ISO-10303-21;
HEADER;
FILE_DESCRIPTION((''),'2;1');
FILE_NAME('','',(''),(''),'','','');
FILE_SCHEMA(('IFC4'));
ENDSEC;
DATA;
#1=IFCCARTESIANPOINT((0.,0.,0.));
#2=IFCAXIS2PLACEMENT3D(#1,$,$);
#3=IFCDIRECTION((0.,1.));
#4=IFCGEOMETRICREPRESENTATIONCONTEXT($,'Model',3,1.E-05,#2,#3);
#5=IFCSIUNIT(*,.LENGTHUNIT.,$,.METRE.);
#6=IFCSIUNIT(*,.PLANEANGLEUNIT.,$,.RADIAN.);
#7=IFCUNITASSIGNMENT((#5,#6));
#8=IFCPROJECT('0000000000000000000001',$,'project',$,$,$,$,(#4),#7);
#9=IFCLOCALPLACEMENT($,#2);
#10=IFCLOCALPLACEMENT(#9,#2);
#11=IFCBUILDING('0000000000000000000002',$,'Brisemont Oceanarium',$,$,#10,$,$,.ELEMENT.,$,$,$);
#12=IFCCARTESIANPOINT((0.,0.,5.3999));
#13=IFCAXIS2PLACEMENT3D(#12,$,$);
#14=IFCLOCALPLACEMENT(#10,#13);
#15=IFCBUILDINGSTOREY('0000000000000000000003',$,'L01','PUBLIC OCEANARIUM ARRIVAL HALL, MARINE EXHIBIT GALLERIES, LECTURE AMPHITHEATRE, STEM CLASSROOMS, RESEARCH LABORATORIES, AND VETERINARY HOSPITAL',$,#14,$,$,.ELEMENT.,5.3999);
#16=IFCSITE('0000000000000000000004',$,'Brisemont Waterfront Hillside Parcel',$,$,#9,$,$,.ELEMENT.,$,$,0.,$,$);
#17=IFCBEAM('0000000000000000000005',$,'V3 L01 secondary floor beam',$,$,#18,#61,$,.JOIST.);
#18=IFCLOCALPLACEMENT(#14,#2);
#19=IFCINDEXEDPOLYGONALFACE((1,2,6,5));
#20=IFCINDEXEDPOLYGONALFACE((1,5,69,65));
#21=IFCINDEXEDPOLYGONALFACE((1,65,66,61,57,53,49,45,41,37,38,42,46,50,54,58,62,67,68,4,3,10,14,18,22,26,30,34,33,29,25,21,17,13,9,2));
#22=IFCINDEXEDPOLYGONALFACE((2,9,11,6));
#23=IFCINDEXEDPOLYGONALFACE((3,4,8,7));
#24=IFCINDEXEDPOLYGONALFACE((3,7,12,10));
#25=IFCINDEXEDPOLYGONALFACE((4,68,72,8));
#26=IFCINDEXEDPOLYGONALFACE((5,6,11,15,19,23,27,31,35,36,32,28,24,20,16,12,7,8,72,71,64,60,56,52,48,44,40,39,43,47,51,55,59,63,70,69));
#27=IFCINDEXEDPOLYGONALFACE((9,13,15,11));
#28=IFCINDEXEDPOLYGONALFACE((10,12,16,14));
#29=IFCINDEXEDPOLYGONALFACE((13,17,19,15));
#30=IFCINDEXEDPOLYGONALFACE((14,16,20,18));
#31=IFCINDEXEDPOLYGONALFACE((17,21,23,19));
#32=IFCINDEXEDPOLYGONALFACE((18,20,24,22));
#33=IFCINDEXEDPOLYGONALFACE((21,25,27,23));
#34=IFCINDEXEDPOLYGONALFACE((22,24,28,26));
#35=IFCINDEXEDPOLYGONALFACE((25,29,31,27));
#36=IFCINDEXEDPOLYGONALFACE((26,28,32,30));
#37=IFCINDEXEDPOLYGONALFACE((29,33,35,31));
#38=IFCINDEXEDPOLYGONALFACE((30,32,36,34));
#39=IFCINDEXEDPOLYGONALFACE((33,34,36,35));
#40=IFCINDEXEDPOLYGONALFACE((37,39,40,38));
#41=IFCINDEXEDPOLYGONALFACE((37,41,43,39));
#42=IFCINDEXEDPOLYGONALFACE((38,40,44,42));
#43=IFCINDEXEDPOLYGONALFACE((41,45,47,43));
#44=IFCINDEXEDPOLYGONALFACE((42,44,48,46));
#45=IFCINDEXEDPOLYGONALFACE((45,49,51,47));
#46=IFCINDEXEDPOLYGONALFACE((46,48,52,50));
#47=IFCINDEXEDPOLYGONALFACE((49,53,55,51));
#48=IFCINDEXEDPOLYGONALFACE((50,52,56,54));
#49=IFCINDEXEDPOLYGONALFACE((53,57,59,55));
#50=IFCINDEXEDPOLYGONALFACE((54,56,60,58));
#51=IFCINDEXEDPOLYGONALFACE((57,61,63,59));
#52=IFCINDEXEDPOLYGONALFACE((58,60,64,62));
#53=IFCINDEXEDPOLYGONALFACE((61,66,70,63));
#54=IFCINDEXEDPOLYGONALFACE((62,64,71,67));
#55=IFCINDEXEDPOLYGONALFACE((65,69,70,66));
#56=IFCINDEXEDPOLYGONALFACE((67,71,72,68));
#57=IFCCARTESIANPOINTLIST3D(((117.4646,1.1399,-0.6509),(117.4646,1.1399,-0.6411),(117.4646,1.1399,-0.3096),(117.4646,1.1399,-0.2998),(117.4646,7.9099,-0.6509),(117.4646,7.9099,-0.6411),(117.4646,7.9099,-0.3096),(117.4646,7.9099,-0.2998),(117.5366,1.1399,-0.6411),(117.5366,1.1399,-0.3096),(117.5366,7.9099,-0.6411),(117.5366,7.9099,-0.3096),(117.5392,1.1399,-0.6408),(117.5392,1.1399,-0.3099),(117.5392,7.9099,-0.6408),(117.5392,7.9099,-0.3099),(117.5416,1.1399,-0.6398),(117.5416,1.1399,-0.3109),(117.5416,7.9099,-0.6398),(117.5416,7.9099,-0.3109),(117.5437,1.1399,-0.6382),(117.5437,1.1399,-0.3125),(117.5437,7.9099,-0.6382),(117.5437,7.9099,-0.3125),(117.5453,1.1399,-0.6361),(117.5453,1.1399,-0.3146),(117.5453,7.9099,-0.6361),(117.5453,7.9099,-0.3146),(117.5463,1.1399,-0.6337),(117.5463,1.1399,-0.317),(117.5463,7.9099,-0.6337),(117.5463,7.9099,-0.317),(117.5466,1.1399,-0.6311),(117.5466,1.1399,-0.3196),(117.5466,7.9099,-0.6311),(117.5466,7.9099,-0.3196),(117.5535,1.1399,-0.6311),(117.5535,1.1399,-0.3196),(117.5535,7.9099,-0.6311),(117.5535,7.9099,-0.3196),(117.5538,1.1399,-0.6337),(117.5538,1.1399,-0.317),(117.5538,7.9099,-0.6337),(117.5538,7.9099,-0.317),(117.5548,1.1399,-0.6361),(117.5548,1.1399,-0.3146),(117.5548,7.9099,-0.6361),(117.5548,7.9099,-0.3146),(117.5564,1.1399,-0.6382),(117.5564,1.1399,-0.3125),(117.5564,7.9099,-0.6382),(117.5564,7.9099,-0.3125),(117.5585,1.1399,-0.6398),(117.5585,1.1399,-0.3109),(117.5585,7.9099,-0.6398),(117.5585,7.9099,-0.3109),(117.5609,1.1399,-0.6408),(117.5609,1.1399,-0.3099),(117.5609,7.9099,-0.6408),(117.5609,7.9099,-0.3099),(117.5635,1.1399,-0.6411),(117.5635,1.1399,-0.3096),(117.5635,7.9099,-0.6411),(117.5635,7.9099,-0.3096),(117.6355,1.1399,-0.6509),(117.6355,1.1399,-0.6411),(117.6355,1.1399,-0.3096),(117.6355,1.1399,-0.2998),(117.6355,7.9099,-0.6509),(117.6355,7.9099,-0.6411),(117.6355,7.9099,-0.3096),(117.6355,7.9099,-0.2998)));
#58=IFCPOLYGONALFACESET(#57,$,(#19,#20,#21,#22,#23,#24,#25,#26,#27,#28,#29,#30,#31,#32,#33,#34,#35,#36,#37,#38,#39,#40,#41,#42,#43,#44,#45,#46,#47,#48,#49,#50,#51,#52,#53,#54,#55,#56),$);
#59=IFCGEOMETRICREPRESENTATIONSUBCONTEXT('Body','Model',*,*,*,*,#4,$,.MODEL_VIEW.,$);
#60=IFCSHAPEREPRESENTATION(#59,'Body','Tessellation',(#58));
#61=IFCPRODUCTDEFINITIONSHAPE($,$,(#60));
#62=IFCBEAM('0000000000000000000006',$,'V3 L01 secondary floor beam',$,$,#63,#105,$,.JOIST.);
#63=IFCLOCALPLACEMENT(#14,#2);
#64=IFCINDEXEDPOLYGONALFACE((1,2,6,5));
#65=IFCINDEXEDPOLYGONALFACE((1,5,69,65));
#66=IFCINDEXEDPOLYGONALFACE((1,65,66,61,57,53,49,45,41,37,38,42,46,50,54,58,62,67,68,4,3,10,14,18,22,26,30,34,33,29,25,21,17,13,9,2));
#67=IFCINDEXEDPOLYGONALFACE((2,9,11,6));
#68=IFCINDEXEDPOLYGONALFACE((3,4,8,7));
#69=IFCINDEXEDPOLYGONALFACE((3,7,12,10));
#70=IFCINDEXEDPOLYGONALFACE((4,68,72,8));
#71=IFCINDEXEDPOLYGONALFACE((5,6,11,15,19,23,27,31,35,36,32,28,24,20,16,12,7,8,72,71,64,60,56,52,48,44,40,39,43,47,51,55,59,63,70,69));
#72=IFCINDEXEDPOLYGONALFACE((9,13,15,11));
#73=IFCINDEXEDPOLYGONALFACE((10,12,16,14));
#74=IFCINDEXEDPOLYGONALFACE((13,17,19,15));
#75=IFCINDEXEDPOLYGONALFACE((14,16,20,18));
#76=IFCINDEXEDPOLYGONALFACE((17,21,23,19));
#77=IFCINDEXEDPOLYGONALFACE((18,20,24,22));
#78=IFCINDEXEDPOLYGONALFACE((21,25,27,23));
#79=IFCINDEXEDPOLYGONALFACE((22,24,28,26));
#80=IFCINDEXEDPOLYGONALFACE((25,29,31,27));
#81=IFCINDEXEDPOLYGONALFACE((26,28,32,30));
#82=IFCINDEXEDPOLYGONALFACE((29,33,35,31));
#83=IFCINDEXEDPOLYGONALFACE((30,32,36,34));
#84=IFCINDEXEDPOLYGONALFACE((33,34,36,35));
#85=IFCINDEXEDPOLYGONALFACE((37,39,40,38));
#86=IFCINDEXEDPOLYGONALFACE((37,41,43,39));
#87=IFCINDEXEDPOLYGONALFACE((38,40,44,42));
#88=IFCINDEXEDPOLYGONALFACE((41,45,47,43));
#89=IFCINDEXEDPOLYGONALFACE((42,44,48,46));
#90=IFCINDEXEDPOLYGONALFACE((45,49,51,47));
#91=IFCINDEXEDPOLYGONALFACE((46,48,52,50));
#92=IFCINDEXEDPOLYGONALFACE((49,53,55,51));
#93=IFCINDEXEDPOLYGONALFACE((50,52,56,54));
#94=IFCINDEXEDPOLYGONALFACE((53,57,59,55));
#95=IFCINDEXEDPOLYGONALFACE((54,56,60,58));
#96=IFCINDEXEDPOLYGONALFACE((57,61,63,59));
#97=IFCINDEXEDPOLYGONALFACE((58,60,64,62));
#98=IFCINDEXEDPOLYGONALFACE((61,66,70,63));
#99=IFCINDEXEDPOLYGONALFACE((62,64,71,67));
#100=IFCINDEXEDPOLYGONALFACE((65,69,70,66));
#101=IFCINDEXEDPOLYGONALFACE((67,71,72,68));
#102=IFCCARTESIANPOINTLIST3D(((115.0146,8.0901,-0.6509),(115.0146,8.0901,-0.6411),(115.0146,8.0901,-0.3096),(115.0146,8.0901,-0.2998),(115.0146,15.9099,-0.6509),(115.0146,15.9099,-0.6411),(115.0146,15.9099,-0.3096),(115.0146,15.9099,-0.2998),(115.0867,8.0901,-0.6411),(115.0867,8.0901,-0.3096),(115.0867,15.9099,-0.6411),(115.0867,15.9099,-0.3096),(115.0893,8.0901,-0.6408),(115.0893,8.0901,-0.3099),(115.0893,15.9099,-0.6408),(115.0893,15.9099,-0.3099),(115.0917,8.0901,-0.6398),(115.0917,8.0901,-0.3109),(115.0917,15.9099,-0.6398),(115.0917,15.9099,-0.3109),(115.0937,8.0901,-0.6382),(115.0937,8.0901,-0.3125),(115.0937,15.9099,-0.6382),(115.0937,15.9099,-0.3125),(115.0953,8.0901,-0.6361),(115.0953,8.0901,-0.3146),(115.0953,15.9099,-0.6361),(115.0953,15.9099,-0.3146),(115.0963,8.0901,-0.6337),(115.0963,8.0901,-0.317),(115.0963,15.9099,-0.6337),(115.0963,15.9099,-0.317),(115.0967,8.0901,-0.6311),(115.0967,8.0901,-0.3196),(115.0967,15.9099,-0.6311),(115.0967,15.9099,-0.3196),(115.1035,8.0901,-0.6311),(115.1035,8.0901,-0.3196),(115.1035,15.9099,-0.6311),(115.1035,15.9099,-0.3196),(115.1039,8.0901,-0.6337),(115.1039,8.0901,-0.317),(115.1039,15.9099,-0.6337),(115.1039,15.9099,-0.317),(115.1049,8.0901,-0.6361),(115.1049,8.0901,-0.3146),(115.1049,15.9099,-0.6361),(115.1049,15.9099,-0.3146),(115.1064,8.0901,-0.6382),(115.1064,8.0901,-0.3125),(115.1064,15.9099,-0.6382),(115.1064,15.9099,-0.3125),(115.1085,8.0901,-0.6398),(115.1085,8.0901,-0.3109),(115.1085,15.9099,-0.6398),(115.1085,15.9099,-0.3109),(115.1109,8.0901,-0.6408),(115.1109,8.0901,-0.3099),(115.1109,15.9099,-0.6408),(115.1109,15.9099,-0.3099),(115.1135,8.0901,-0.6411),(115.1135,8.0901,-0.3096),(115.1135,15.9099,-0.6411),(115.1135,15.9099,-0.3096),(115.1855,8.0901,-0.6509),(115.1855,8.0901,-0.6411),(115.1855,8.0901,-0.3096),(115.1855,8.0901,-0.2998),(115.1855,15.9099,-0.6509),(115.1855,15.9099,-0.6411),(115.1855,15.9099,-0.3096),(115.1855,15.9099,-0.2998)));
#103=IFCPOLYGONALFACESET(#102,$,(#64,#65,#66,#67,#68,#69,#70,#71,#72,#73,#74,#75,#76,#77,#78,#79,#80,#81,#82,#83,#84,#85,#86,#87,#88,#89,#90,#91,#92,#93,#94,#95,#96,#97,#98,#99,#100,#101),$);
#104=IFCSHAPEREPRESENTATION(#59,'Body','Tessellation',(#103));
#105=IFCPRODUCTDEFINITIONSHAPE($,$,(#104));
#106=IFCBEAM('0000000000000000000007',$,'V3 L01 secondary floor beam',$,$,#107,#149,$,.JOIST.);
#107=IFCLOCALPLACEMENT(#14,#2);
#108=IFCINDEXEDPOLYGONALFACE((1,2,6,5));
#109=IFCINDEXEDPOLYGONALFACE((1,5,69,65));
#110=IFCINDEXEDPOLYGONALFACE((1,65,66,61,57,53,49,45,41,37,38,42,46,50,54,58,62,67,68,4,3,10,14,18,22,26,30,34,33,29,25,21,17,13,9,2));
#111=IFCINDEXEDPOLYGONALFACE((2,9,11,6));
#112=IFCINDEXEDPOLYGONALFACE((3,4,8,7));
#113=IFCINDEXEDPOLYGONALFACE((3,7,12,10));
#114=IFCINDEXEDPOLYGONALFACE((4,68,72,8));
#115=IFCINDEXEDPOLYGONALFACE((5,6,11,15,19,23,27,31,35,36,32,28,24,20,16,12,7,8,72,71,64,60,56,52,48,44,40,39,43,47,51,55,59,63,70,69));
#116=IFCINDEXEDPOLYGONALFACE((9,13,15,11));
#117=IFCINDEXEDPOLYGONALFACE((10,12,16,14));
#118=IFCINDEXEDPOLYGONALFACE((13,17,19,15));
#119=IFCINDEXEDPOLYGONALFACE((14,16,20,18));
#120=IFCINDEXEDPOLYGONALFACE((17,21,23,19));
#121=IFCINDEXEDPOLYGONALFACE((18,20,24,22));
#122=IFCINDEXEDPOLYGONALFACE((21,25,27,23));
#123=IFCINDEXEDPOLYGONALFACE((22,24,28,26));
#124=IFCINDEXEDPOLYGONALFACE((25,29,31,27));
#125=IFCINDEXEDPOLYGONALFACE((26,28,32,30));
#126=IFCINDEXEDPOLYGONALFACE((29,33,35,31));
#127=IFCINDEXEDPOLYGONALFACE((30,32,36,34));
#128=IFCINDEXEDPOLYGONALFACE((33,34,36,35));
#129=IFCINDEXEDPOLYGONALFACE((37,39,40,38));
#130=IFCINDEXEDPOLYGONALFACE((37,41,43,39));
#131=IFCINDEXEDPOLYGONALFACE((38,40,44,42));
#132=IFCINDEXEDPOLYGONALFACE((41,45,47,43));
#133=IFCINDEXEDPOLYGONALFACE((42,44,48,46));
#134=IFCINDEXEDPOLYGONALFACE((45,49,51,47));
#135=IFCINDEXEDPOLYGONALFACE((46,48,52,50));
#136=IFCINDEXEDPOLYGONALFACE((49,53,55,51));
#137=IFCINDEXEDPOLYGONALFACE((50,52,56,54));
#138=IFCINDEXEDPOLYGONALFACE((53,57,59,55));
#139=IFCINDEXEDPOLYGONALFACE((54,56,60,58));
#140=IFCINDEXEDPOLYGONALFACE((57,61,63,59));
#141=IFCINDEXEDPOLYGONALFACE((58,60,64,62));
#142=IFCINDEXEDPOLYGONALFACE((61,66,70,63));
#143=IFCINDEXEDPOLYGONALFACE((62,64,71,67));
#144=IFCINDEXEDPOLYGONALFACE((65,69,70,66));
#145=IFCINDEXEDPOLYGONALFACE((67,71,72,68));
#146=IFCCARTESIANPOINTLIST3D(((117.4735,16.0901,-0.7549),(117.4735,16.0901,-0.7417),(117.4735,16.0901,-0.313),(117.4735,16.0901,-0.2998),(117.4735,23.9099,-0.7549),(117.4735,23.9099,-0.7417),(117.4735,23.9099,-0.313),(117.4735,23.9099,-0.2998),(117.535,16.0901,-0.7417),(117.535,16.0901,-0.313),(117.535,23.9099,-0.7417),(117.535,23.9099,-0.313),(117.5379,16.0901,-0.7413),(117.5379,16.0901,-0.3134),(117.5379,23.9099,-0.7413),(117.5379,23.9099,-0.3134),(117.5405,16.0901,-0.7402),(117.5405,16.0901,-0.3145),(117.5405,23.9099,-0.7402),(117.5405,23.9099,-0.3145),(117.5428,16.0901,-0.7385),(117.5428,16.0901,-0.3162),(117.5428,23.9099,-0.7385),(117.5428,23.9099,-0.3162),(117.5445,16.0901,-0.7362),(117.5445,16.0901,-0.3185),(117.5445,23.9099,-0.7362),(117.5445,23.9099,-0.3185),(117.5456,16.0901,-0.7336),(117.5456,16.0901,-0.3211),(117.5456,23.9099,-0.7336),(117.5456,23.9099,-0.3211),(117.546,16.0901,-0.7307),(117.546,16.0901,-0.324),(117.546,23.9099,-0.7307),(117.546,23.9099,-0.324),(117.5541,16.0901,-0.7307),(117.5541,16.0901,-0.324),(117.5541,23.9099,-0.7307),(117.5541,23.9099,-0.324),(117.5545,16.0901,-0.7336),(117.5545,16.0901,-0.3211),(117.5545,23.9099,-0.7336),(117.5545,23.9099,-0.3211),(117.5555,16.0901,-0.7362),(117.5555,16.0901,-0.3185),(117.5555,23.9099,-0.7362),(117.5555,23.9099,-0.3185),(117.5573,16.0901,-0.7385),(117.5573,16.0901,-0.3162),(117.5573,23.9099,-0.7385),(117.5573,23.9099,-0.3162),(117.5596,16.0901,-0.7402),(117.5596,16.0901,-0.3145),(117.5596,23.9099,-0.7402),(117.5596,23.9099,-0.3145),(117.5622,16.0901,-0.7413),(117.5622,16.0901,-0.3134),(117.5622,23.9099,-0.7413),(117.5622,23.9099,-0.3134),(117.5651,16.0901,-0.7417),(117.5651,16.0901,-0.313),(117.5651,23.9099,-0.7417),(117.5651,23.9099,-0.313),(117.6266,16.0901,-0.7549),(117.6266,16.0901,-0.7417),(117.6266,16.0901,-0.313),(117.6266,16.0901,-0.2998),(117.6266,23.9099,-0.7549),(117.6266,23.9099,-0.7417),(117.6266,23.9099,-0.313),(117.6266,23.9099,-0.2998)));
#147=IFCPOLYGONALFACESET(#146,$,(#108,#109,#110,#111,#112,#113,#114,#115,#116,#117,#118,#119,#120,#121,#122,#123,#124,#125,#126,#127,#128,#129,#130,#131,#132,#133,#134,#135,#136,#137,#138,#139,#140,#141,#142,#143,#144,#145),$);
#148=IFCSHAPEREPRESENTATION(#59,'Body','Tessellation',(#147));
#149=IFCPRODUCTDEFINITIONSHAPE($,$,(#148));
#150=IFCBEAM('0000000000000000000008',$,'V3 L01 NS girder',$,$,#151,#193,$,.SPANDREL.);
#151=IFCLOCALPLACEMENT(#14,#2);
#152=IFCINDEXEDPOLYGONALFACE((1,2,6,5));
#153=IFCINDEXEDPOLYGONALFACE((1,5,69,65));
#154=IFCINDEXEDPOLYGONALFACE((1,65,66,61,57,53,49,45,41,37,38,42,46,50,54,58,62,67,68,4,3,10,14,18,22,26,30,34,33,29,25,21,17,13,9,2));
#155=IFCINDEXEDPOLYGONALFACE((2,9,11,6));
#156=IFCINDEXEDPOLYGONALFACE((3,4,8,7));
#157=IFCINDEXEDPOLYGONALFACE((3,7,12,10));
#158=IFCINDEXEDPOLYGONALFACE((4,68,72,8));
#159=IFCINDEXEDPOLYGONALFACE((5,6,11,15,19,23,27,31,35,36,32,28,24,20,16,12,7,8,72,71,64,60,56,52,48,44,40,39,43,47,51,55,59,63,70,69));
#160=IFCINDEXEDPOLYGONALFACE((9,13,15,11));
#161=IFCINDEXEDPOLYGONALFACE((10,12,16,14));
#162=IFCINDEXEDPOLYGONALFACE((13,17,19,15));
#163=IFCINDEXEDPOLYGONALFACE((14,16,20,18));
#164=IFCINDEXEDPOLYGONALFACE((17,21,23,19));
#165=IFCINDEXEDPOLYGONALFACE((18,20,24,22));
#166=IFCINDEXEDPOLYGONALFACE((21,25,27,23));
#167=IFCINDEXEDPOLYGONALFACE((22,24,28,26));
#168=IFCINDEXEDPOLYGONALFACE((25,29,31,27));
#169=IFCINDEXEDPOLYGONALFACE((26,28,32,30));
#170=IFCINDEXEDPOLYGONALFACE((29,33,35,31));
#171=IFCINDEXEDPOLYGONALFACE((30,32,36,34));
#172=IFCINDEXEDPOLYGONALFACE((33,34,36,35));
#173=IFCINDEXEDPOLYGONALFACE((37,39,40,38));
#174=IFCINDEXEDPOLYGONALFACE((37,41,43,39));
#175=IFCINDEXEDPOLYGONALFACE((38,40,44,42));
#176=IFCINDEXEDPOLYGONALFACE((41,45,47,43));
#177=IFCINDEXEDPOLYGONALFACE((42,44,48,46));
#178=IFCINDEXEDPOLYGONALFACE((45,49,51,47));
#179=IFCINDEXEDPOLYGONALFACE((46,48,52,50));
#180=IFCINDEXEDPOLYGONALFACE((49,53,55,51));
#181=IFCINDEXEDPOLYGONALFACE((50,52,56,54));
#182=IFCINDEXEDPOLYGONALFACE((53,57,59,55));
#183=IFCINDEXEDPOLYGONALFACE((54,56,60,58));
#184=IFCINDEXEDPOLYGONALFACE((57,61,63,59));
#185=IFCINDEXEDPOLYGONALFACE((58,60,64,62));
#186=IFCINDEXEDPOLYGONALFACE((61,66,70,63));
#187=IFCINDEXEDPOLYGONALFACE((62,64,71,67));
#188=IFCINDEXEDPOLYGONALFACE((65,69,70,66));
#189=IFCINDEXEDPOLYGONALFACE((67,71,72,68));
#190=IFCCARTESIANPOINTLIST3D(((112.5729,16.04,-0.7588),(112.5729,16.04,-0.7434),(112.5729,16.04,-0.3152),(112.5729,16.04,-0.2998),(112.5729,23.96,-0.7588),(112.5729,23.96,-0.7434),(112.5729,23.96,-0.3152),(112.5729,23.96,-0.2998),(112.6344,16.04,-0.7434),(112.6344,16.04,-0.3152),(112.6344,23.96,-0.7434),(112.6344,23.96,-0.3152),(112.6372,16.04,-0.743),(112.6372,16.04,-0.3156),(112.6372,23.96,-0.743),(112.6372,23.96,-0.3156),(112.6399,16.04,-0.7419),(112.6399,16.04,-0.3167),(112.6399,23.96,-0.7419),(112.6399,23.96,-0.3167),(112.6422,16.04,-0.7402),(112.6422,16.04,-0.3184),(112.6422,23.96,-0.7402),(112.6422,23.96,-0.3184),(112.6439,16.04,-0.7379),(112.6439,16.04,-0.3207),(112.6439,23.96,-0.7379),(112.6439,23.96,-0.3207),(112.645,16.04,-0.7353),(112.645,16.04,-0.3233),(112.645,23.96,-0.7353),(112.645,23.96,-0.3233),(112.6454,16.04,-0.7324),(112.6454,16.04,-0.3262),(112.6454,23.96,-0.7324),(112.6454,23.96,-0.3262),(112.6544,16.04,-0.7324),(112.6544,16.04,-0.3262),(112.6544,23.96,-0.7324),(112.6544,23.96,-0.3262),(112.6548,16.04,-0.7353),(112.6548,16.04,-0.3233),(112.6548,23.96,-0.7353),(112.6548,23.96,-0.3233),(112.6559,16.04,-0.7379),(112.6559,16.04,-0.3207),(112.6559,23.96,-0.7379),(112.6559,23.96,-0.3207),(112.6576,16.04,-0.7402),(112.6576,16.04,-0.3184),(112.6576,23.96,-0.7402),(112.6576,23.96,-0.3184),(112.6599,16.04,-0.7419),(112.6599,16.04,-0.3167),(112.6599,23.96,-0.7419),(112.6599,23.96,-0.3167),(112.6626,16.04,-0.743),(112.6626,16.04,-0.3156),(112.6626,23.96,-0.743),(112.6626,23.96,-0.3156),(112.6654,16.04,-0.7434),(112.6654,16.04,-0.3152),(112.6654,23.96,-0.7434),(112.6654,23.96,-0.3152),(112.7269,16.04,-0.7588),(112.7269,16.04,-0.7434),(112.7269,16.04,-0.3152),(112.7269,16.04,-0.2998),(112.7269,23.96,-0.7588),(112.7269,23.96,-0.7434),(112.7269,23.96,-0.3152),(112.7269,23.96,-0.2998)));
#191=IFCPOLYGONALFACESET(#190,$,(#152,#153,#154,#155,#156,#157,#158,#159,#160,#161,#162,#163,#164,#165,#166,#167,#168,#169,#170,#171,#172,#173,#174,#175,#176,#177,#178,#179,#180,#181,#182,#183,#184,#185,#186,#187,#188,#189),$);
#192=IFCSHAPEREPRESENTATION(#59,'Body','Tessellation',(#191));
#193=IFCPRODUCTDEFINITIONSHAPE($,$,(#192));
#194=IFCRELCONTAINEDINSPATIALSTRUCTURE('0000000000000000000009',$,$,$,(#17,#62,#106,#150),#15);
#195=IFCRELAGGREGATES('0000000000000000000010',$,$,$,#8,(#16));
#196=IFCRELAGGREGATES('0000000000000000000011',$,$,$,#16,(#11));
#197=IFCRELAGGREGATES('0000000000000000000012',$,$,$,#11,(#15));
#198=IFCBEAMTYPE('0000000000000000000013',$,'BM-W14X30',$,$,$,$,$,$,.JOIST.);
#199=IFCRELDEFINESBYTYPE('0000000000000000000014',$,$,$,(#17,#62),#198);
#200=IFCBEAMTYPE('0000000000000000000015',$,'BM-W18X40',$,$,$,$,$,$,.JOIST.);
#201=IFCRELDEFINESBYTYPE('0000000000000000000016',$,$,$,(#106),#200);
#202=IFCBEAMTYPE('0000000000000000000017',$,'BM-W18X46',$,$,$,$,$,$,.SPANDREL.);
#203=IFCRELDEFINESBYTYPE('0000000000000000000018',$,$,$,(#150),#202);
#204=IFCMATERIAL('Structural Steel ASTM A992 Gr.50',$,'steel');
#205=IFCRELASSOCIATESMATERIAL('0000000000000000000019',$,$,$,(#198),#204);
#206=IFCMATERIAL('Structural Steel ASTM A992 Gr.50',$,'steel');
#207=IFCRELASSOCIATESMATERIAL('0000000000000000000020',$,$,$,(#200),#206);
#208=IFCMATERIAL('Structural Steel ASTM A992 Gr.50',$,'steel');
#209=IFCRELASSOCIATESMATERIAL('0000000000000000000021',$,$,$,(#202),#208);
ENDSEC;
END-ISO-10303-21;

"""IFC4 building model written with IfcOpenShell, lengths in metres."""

from ifc_helpers import new_model, si_unit, direction, frame, origin, origin_2d, place, context, subcontext, project, spatial, i_section, extrude, material, material_profile, profile_set, type_object, element, save


model = new_model("IFC4")

# Units and contexts
model_context = context("Model", 3, precision=1e-05, world=origin(), true_north=direction((0.0, 1.0)))
body_context = subcontext(model_context, "Body", "Model", "MODEL_VIEW")
ifc_project = project(units=[si_unit("LENGTHUNIT", "METRE"), si_unit("PLANEANGLEUNIT", "RADIAN")], contexts=[model_context])

# Site, building, storey
site_placement = place(None, origin())
site = spatial("IfcSite", under=ifc_project, at=site_placement, Name="Brisemont Waterfront Hillside Parcel", CompositionType="ELEMENT", RefElevation=0.0)
building_placement = place(site_placement, origin())
building = spatial("IfcBuilding", under=site, at=building_placement, Name="Brisemont Oceanarium", CompositionType="ELEMENT")
storey_placement = place(building_placement, frame((0.0, 0.0, 5.3999)))
storey = spatial("IfcBuildingStorey", under=building, at=storey_placement, Name="L01", Description="PUBLIC OCEANARIUM ARRIVAL HALL, MARINE EXHIBIT GALLERIES, LECTURE AMPHITHEATRE, STEM CLASSROOMS, RESEARCH LABORATORIES, AND VETERINARY HOSPITAL", CompositionType="ELEMENT", Elevation=5.3999)

# Beams
ifc_material_1 = material(Name="Structural Steel ASTM A992 Gr.50", Category="steel")
ifc_material_profile_1 = material_profile(ifc_material_1, i_section(OverallWidth=0.1709, OverallDepth=0.3511, WebThickness=0.0068, FlangeThickness=0.0098, FilletRadius=0.01, at=origin_2d()), Name="W14X30")
ifc_profile_set_1 = profile_set([ifc_material_profile_1], Name="Structural Steel ASTM A992 Gr.50")
beam_type_1 = type_object("IfcBeamType", Name="BM-W14X30", PredefinedType="JOIST", material=ifc_profile_set_1)
beam_1_placement = place(storey_placement, frame((117.55, 1.1399, -0.4753), z_axis=(0.0, 1.0, 0.0), x_axis=(-1.0, 0.0, 0.0)))
element("IfcBeam", 1, at=beam_1_placement, inside=storey, type_object=beam_type_1, Name="V3 L01 secondary floor beam", PredefinedType="JOIST", context=body_context, shape_type="SweptSolid", body=[
    extrude(i_section(OverallWidth=0.1709, OverallDepth=0.3511, WebThickness=0.0068, FlangeThickness=0.0098, FilletRadius=0.01, at=origin_2d()), origin(), (0.0, 0.0, 1.0), 6.77),
])
beam_2_placement = place(storey_placement, frame((115.1001, 8.0901, -0.4753), z_axis=(0.0, 1.0, 0.0), x_axis=(-1.0, 0.0, 0.0)))
element("IfcBeam", 2, at=beam_2_placement, inside=storey, type_object=beam_type_1, Name="V3 L01 secondary floor beam", PredefinedType="JOIST", context=body_context, shape_type="SweptSolid", body=[
    extrude(i_section(OverallWidth=0.1709, OverallDepth=0.3511, WebThickness=0.0068, FlangeThickness=0.0098, FilletRadius=0.01, at=origin_2d()), origin(), (0.0, 0.0, 1.0), 7.8198),
])
ifc_material_2 = material(Name="Structural Steel ASTM A992 Gr.50", Category="steel")
ifc_material_profile_2 = material_profile(ifc_material_2, i_section(OverallWidth=0.1531, OverallDepth=0.4551, WebThickness=0.0081, FlangeThickness=0.0132, FilletRadius=0.011, at=origin_2d()), Name="W18X40")
ifc_profile_set_2 = profile_set([ifc_material_profile_2], Name="Structural Steel ASTM A992 Gr.50")
beam_type_2 = type_object("IfcBeamType", Name="BM-W18X40", PredefinedType="JOIST", material=ifc_profile_set_2)
beam_3_placement = place(storey_placement, frame((117.55, 16.0901, -0.5273), z_axis=(0.0, 1.0, 0.0), x_axis=(-1.0, 0.0, 0.0)))
element("IfcBeam", 3, at=beam_3_placement, inside=storey, type_object=beam_type_2, Name="V3 L01 secondary floor beam", PredefinedType="JOIST", context=body_context, shape_type="SweptSolid", body=[
    extrude(i_section(OverallWidth=0.1531, OverallDepth=0.4551, WebThickness=0.0081, FlangeThickness=0.0132, FilletRadius=0.011, at=origin_2d()), origin(), (0.0, 0.0, 1.0), 7.8198),
])
ifc_material_3 = material(Name="Structural Steel ASTM A992 Gr.50", Category="steel")
ifc_material_profile_3 = material_profile(ifc_material_3, i_section(OverallWidth=0.1541, OverallDepth=0.459, WebThickness=0.009, FlangeThickness=0.0154, FilletRadius=0.011, at=origin_2d()), Name="W18X46")
ifc_profile_set_3 = profile_set([ifc_material_profile_3], Name="Structural Steel ASTM A992 Gr.50")
beam_type_3 = type_object("IfcBeamType", Name="BM-W18X46", PredefinedType="SPANDREL", material=ifc_profile_set_3)
beam_4_placement = place(storey_placement, frame((112.6499, 16.04, -0.5293), z_axis=(0.0, 1.0, 0.0), x_axis=(-1.0, 0.0, 0.0)))
element("IfcBeam", 4, at=beam_4_placement, inside=storey, type_object=beam_type_3, Name="V3 L01 NS girder", PredefinedType="SPANDREL", context=body_context, shape_type="SweptSolid", body=[
    extrude(i_section(OverallWidth=0.1541, OverallDepth=0.459, WebThickness=0.009, FlangeThickness=0.0154, FilletRadius=0.011, at=origin_2d()), origin(), (0.0, 0.0, 1.0), 7.9199),
])

save(model, "model.ifc")
